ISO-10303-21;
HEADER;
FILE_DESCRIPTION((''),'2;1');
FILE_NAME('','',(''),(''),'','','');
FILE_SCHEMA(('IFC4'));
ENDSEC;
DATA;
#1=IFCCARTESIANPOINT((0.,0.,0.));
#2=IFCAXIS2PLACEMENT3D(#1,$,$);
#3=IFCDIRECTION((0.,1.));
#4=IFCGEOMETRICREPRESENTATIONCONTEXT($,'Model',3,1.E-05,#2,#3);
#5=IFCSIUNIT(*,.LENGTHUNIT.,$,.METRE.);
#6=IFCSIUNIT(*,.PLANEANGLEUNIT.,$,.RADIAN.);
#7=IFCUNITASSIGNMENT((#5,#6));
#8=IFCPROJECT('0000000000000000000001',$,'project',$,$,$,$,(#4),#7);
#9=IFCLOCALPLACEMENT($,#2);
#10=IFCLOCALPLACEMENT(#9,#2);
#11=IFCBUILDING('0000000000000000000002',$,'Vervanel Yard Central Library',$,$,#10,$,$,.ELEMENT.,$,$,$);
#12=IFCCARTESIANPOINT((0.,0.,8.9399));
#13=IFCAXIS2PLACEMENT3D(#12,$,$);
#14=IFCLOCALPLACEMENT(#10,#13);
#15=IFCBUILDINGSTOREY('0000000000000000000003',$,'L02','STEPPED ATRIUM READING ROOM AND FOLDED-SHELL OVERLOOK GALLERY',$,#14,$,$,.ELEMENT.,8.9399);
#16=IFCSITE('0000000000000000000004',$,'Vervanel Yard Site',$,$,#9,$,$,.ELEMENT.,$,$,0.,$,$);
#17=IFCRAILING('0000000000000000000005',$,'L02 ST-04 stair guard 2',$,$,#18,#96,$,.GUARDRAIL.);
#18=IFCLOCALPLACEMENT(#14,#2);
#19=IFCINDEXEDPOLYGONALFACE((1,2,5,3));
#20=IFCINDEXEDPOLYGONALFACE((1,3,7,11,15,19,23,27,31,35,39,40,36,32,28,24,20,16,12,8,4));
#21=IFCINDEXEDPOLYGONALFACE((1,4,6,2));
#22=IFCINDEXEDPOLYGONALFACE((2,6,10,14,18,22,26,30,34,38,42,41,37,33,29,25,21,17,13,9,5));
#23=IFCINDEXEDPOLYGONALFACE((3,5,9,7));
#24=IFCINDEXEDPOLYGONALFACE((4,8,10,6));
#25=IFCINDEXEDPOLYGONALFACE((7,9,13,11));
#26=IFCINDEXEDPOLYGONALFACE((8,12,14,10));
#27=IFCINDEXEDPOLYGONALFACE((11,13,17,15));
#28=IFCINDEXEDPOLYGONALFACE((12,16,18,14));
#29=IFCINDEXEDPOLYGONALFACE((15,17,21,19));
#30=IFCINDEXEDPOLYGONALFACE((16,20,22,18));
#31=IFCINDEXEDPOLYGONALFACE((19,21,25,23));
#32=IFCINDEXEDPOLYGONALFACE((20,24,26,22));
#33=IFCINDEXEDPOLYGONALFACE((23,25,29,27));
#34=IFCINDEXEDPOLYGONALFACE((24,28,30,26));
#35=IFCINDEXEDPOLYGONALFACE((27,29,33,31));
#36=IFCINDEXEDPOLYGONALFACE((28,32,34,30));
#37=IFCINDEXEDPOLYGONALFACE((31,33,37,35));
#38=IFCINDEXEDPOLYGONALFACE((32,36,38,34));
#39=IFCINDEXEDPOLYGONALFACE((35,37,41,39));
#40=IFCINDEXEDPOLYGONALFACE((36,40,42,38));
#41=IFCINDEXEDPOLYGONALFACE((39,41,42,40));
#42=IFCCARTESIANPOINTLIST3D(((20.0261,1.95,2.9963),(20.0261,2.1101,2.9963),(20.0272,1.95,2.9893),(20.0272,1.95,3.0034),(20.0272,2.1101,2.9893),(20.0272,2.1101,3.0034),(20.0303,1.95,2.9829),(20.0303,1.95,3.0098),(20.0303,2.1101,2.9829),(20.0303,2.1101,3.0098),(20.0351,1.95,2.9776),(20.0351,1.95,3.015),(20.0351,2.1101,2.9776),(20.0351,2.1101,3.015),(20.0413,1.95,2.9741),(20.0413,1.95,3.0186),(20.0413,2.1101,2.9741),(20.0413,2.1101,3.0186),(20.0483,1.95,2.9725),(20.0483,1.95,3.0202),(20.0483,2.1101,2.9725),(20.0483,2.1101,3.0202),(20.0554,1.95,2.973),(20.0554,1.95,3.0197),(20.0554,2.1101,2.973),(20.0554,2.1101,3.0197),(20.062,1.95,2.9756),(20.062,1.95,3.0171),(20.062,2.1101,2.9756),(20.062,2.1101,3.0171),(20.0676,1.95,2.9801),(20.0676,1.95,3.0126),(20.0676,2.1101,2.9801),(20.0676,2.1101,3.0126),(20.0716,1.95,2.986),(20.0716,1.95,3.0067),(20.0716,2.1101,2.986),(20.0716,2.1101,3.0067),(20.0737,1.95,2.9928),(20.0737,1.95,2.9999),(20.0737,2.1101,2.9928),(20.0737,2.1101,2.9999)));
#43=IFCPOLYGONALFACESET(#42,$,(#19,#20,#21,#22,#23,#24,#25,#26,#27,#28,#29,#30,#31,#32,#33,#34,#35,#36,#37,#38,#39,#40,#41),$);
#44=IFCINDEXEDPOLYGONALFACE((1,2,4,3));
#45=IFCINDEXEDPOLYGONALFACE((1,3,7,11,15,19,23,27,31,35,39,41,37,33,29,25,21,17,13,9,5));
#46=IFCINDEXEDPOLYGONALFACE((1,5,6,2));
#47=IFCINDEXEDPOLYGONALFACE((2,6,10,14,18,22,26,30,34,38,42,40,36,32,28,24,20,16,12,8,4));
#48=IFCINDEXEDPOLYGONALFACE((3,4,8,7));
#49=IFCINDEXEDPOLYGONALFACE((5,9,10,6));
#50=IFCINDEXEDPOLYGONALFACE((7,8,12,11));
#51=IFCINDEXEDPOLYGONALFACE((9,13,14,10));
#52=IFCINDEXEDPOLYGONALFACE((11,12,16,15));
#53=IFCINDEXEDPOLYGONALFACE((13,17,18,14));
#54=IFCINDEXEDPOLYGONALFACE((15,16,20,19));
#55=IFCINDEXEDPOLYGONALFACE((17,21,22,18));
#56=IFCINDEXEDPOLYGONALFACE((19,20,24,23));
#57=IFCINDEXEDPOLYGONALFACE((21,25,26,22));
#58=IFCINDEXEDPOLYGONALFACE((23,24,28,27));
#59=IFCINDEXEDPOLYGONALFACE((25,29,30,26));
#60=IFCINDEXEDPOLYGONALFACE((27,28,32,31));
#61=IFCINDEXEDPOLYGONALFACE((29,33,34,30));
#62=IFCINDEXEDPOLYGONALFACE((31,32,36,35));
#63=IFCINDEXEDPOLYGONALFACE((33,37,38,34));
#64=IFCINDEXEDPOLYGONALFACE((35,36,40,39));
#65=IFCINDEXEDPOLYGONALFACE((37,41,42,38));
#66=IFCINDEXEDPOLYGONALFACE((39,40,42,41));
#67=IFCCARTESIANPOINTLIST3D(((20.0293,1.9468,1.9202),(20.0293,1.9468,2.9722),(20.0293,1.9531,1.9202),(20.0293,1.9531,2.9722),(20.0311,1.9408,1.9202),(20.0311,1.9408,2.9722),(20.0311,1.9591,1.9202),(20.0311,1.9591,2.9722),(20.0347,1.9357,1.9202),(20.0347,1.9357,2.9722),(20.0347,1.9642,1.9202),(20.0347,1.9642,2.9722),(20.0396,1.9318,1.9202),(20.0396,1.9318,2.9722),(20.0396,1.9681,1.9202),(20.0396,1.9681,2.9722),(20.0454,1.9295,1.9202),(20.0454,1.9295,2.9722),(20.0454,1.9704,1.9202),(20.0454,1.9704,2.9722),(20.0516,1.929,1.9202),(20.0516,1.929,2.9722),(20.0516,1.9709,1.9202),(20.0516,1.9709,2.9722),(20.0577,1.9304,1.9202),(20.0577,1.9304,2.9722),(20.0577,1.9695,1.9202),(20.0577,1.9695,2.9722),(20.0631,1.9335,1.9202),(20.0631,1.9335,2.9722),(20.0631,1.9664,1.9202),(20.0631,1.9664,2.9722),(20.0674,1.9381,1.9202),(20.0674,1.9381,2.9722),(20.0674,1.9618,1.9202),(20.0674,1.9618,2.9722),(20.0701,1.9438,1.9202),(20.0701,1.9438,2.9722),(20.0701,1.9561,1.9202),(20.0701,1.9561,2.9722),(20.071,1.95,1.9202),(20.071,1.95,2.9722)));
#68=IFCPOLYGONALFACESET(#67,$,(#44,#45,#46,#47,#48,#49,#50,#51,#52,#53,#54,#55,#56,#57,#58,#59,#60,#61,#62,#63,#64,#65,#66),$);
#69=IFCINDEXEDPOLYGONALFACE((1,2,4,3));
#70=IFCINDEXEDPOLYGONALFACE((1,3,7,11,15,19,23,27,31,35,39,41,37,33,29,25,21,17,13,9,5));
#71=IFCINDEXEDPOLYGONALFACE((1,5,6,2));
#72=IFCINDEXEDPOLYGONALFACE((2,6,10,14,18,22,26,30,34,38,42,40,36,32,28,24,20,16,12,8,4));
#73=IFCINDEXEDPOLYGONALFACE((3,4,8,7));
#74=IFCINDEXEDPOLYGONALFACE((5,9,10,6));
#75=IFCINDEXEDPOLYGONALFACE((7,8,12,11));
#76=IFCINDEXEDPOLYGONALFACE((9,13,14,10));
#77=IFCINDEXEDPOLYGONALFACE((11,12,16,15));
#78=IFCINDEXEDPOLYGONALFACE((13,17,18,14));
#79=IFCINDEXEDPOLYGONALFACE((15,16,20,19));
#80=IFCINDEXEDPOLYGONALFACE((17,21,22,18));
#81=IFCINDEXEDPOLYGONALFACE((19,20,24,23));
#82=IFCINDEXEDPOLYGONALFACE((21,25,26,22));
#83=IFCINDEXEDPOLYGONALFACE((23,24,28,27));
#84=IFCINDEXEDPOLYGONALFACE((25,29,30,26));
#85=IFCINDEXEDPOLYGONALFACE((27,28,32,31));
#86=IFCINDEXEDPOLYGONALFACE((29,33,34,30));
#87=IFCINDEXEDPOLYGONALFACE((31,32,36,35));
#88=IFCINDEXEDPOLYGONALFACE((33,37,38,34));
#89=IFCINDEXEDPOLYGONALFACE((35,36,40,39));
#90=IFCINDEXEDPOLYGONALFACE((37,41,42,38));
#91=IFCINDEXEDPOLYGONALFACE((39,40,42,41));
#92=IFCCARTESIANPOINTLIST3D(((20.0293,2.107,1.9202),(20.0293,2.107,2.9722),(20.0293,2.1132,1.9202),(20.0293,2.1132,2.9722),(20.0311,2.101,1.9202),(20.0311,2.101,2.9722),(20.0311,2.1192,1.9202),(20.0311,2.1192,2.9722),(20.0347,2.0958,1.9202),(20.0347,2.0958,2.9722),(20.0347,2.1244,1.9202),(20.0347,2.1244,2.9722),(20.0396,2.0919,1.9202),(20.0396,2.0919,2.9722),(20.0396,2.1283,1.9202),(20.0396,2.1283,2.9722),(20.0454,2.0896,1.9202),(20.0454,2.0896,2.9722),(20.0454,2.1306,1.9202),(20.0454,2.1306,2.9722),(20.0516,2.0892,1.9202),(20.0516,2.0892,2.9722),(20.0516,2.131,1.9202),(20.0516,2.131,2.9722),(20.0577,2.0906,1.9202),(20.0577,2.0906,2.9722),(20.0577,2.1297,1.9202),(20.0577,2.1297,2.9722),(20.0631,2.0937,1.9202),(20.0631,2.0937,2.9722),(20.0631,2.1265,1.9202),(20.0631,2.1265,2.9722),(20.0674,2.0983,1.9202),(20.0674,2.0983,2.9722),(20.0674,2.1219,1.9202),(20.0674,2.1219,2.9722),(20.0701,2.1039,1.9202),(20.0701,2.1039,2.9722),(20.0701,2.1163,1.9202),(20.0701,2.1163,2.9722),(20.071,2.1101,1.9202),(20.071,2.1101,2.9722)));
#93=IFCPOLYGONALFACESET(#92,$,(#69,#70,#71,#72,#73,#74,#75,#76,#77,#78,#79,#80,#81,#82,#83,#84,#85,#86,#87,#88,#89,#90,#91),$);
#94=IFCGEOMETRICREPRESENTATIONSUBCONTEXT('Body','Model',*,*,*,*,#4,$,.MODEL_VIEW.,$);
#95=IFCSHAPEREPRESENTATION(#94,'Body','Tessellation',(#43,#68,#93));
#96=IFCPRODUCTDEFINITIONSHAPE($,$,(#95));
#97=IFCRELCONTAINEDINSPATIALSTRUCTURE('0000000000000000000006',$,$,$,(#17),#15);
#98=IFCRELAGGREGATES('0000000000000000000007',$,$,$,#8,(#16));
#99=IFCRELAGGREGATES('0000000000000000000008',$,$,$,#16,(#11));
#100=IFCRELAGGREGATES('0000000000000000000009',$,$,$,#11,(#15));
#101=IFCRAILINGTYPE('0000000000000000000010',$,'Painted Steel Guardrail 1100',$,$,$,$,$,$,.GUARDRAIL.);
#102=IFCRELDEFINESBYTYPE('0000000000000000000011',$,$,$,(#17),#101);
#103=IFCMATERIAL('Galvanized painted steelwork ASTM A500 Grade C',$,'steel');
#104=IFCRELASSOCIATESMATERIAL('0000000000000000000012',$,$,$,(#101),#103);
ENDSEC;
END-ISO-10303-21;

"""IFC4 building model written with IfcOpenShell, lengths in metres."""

from ifc_helpers import new_model, si_unit, direction, frame, origin, origin_2d, place, context, subcontext, project, spatial, circle, extrude, material, type_object, element, save


model = new_model("IFC4")

# Units and contexts
model_context = context("Model", 3, precision=1e-05, world=origin(), true_north=direction((0.0, 1.0)))
body_context = subcontext(model_context, "Body", "Model", "MODEL_VIEW")
ifc_project = project(units=[si_unit("LENGTHUNIT", "METRE"), si_unit("PLANEANGLEUNIT", "RADIAN")], contexts=[model_context])

# Site, building, storey
site_placement = place(None, origin())
site = spatial("IfcSite", under=ifc_project, at=site_placement, Name="Vervanel Yard Site", CompositionType="ELEMENT", RefElevation=0.0)
building_placement = place(site_placement, origin())
building = spatial("IfcBuilding", under=site, at=building_placement, Name="Vervanel Yard Central Library", CompositionType="ELEMENT")
storey_placement = place(building_placement, frame((0.0, 0.0, 8.9399)))
storey = spatial("IfcBuildingStorey", under=building, at=storey_placement, Name="L02", Description="STEPPED ATRIUM READING ROOM AND FOLDED-SHELL OVERLOOK GALLERY", CompositionType="ELEMENT", Elevation=8.9399)

# Shared definitions
ifc_material_1 = material(Name="Galvanized painted steelwork ASTM A500 Grade C", Category="steel")

# Railing
railing_type_1 = type_object("IfcRailingType", Name="Painted Steel Guardrail 1100", PredefinedType="GUARDRAIL", material=ifc_material_1)
railing_1_placement = place(storey_placement, frame((20.05, 1.95, 1.9202)))
element("IfcRailing", 1, at=railing_1_placement, inside=storey, type_object=railing_type_1, Name="L02 ST-04 stair guard 2", PredefinedType="GUARDRAIL", context=body_context, shape_type="SweptSolid", body=[
    extrude(circle(Radius=0.0239, at=origin_2d()), frame((0.0, 0.0, 1.0762), z_axis=(0.0, 1.0, 0.0), x_axis=(-1.0, 0.0, 0.0)), (0.0, 0.0, 1.0), 0.1602),
    extrude(circle(Radius=0.021, at=origin_2d()), origin(), (0.0, 0.0, 1.0), 1.052),
    extrude(circle(Radius=0.021, at=origin_2d()), frame((0.0, 0.1602, 0.0)), (0.0, 0.0, 1.0), 1.052),
])

save(model, "model.ifc")
